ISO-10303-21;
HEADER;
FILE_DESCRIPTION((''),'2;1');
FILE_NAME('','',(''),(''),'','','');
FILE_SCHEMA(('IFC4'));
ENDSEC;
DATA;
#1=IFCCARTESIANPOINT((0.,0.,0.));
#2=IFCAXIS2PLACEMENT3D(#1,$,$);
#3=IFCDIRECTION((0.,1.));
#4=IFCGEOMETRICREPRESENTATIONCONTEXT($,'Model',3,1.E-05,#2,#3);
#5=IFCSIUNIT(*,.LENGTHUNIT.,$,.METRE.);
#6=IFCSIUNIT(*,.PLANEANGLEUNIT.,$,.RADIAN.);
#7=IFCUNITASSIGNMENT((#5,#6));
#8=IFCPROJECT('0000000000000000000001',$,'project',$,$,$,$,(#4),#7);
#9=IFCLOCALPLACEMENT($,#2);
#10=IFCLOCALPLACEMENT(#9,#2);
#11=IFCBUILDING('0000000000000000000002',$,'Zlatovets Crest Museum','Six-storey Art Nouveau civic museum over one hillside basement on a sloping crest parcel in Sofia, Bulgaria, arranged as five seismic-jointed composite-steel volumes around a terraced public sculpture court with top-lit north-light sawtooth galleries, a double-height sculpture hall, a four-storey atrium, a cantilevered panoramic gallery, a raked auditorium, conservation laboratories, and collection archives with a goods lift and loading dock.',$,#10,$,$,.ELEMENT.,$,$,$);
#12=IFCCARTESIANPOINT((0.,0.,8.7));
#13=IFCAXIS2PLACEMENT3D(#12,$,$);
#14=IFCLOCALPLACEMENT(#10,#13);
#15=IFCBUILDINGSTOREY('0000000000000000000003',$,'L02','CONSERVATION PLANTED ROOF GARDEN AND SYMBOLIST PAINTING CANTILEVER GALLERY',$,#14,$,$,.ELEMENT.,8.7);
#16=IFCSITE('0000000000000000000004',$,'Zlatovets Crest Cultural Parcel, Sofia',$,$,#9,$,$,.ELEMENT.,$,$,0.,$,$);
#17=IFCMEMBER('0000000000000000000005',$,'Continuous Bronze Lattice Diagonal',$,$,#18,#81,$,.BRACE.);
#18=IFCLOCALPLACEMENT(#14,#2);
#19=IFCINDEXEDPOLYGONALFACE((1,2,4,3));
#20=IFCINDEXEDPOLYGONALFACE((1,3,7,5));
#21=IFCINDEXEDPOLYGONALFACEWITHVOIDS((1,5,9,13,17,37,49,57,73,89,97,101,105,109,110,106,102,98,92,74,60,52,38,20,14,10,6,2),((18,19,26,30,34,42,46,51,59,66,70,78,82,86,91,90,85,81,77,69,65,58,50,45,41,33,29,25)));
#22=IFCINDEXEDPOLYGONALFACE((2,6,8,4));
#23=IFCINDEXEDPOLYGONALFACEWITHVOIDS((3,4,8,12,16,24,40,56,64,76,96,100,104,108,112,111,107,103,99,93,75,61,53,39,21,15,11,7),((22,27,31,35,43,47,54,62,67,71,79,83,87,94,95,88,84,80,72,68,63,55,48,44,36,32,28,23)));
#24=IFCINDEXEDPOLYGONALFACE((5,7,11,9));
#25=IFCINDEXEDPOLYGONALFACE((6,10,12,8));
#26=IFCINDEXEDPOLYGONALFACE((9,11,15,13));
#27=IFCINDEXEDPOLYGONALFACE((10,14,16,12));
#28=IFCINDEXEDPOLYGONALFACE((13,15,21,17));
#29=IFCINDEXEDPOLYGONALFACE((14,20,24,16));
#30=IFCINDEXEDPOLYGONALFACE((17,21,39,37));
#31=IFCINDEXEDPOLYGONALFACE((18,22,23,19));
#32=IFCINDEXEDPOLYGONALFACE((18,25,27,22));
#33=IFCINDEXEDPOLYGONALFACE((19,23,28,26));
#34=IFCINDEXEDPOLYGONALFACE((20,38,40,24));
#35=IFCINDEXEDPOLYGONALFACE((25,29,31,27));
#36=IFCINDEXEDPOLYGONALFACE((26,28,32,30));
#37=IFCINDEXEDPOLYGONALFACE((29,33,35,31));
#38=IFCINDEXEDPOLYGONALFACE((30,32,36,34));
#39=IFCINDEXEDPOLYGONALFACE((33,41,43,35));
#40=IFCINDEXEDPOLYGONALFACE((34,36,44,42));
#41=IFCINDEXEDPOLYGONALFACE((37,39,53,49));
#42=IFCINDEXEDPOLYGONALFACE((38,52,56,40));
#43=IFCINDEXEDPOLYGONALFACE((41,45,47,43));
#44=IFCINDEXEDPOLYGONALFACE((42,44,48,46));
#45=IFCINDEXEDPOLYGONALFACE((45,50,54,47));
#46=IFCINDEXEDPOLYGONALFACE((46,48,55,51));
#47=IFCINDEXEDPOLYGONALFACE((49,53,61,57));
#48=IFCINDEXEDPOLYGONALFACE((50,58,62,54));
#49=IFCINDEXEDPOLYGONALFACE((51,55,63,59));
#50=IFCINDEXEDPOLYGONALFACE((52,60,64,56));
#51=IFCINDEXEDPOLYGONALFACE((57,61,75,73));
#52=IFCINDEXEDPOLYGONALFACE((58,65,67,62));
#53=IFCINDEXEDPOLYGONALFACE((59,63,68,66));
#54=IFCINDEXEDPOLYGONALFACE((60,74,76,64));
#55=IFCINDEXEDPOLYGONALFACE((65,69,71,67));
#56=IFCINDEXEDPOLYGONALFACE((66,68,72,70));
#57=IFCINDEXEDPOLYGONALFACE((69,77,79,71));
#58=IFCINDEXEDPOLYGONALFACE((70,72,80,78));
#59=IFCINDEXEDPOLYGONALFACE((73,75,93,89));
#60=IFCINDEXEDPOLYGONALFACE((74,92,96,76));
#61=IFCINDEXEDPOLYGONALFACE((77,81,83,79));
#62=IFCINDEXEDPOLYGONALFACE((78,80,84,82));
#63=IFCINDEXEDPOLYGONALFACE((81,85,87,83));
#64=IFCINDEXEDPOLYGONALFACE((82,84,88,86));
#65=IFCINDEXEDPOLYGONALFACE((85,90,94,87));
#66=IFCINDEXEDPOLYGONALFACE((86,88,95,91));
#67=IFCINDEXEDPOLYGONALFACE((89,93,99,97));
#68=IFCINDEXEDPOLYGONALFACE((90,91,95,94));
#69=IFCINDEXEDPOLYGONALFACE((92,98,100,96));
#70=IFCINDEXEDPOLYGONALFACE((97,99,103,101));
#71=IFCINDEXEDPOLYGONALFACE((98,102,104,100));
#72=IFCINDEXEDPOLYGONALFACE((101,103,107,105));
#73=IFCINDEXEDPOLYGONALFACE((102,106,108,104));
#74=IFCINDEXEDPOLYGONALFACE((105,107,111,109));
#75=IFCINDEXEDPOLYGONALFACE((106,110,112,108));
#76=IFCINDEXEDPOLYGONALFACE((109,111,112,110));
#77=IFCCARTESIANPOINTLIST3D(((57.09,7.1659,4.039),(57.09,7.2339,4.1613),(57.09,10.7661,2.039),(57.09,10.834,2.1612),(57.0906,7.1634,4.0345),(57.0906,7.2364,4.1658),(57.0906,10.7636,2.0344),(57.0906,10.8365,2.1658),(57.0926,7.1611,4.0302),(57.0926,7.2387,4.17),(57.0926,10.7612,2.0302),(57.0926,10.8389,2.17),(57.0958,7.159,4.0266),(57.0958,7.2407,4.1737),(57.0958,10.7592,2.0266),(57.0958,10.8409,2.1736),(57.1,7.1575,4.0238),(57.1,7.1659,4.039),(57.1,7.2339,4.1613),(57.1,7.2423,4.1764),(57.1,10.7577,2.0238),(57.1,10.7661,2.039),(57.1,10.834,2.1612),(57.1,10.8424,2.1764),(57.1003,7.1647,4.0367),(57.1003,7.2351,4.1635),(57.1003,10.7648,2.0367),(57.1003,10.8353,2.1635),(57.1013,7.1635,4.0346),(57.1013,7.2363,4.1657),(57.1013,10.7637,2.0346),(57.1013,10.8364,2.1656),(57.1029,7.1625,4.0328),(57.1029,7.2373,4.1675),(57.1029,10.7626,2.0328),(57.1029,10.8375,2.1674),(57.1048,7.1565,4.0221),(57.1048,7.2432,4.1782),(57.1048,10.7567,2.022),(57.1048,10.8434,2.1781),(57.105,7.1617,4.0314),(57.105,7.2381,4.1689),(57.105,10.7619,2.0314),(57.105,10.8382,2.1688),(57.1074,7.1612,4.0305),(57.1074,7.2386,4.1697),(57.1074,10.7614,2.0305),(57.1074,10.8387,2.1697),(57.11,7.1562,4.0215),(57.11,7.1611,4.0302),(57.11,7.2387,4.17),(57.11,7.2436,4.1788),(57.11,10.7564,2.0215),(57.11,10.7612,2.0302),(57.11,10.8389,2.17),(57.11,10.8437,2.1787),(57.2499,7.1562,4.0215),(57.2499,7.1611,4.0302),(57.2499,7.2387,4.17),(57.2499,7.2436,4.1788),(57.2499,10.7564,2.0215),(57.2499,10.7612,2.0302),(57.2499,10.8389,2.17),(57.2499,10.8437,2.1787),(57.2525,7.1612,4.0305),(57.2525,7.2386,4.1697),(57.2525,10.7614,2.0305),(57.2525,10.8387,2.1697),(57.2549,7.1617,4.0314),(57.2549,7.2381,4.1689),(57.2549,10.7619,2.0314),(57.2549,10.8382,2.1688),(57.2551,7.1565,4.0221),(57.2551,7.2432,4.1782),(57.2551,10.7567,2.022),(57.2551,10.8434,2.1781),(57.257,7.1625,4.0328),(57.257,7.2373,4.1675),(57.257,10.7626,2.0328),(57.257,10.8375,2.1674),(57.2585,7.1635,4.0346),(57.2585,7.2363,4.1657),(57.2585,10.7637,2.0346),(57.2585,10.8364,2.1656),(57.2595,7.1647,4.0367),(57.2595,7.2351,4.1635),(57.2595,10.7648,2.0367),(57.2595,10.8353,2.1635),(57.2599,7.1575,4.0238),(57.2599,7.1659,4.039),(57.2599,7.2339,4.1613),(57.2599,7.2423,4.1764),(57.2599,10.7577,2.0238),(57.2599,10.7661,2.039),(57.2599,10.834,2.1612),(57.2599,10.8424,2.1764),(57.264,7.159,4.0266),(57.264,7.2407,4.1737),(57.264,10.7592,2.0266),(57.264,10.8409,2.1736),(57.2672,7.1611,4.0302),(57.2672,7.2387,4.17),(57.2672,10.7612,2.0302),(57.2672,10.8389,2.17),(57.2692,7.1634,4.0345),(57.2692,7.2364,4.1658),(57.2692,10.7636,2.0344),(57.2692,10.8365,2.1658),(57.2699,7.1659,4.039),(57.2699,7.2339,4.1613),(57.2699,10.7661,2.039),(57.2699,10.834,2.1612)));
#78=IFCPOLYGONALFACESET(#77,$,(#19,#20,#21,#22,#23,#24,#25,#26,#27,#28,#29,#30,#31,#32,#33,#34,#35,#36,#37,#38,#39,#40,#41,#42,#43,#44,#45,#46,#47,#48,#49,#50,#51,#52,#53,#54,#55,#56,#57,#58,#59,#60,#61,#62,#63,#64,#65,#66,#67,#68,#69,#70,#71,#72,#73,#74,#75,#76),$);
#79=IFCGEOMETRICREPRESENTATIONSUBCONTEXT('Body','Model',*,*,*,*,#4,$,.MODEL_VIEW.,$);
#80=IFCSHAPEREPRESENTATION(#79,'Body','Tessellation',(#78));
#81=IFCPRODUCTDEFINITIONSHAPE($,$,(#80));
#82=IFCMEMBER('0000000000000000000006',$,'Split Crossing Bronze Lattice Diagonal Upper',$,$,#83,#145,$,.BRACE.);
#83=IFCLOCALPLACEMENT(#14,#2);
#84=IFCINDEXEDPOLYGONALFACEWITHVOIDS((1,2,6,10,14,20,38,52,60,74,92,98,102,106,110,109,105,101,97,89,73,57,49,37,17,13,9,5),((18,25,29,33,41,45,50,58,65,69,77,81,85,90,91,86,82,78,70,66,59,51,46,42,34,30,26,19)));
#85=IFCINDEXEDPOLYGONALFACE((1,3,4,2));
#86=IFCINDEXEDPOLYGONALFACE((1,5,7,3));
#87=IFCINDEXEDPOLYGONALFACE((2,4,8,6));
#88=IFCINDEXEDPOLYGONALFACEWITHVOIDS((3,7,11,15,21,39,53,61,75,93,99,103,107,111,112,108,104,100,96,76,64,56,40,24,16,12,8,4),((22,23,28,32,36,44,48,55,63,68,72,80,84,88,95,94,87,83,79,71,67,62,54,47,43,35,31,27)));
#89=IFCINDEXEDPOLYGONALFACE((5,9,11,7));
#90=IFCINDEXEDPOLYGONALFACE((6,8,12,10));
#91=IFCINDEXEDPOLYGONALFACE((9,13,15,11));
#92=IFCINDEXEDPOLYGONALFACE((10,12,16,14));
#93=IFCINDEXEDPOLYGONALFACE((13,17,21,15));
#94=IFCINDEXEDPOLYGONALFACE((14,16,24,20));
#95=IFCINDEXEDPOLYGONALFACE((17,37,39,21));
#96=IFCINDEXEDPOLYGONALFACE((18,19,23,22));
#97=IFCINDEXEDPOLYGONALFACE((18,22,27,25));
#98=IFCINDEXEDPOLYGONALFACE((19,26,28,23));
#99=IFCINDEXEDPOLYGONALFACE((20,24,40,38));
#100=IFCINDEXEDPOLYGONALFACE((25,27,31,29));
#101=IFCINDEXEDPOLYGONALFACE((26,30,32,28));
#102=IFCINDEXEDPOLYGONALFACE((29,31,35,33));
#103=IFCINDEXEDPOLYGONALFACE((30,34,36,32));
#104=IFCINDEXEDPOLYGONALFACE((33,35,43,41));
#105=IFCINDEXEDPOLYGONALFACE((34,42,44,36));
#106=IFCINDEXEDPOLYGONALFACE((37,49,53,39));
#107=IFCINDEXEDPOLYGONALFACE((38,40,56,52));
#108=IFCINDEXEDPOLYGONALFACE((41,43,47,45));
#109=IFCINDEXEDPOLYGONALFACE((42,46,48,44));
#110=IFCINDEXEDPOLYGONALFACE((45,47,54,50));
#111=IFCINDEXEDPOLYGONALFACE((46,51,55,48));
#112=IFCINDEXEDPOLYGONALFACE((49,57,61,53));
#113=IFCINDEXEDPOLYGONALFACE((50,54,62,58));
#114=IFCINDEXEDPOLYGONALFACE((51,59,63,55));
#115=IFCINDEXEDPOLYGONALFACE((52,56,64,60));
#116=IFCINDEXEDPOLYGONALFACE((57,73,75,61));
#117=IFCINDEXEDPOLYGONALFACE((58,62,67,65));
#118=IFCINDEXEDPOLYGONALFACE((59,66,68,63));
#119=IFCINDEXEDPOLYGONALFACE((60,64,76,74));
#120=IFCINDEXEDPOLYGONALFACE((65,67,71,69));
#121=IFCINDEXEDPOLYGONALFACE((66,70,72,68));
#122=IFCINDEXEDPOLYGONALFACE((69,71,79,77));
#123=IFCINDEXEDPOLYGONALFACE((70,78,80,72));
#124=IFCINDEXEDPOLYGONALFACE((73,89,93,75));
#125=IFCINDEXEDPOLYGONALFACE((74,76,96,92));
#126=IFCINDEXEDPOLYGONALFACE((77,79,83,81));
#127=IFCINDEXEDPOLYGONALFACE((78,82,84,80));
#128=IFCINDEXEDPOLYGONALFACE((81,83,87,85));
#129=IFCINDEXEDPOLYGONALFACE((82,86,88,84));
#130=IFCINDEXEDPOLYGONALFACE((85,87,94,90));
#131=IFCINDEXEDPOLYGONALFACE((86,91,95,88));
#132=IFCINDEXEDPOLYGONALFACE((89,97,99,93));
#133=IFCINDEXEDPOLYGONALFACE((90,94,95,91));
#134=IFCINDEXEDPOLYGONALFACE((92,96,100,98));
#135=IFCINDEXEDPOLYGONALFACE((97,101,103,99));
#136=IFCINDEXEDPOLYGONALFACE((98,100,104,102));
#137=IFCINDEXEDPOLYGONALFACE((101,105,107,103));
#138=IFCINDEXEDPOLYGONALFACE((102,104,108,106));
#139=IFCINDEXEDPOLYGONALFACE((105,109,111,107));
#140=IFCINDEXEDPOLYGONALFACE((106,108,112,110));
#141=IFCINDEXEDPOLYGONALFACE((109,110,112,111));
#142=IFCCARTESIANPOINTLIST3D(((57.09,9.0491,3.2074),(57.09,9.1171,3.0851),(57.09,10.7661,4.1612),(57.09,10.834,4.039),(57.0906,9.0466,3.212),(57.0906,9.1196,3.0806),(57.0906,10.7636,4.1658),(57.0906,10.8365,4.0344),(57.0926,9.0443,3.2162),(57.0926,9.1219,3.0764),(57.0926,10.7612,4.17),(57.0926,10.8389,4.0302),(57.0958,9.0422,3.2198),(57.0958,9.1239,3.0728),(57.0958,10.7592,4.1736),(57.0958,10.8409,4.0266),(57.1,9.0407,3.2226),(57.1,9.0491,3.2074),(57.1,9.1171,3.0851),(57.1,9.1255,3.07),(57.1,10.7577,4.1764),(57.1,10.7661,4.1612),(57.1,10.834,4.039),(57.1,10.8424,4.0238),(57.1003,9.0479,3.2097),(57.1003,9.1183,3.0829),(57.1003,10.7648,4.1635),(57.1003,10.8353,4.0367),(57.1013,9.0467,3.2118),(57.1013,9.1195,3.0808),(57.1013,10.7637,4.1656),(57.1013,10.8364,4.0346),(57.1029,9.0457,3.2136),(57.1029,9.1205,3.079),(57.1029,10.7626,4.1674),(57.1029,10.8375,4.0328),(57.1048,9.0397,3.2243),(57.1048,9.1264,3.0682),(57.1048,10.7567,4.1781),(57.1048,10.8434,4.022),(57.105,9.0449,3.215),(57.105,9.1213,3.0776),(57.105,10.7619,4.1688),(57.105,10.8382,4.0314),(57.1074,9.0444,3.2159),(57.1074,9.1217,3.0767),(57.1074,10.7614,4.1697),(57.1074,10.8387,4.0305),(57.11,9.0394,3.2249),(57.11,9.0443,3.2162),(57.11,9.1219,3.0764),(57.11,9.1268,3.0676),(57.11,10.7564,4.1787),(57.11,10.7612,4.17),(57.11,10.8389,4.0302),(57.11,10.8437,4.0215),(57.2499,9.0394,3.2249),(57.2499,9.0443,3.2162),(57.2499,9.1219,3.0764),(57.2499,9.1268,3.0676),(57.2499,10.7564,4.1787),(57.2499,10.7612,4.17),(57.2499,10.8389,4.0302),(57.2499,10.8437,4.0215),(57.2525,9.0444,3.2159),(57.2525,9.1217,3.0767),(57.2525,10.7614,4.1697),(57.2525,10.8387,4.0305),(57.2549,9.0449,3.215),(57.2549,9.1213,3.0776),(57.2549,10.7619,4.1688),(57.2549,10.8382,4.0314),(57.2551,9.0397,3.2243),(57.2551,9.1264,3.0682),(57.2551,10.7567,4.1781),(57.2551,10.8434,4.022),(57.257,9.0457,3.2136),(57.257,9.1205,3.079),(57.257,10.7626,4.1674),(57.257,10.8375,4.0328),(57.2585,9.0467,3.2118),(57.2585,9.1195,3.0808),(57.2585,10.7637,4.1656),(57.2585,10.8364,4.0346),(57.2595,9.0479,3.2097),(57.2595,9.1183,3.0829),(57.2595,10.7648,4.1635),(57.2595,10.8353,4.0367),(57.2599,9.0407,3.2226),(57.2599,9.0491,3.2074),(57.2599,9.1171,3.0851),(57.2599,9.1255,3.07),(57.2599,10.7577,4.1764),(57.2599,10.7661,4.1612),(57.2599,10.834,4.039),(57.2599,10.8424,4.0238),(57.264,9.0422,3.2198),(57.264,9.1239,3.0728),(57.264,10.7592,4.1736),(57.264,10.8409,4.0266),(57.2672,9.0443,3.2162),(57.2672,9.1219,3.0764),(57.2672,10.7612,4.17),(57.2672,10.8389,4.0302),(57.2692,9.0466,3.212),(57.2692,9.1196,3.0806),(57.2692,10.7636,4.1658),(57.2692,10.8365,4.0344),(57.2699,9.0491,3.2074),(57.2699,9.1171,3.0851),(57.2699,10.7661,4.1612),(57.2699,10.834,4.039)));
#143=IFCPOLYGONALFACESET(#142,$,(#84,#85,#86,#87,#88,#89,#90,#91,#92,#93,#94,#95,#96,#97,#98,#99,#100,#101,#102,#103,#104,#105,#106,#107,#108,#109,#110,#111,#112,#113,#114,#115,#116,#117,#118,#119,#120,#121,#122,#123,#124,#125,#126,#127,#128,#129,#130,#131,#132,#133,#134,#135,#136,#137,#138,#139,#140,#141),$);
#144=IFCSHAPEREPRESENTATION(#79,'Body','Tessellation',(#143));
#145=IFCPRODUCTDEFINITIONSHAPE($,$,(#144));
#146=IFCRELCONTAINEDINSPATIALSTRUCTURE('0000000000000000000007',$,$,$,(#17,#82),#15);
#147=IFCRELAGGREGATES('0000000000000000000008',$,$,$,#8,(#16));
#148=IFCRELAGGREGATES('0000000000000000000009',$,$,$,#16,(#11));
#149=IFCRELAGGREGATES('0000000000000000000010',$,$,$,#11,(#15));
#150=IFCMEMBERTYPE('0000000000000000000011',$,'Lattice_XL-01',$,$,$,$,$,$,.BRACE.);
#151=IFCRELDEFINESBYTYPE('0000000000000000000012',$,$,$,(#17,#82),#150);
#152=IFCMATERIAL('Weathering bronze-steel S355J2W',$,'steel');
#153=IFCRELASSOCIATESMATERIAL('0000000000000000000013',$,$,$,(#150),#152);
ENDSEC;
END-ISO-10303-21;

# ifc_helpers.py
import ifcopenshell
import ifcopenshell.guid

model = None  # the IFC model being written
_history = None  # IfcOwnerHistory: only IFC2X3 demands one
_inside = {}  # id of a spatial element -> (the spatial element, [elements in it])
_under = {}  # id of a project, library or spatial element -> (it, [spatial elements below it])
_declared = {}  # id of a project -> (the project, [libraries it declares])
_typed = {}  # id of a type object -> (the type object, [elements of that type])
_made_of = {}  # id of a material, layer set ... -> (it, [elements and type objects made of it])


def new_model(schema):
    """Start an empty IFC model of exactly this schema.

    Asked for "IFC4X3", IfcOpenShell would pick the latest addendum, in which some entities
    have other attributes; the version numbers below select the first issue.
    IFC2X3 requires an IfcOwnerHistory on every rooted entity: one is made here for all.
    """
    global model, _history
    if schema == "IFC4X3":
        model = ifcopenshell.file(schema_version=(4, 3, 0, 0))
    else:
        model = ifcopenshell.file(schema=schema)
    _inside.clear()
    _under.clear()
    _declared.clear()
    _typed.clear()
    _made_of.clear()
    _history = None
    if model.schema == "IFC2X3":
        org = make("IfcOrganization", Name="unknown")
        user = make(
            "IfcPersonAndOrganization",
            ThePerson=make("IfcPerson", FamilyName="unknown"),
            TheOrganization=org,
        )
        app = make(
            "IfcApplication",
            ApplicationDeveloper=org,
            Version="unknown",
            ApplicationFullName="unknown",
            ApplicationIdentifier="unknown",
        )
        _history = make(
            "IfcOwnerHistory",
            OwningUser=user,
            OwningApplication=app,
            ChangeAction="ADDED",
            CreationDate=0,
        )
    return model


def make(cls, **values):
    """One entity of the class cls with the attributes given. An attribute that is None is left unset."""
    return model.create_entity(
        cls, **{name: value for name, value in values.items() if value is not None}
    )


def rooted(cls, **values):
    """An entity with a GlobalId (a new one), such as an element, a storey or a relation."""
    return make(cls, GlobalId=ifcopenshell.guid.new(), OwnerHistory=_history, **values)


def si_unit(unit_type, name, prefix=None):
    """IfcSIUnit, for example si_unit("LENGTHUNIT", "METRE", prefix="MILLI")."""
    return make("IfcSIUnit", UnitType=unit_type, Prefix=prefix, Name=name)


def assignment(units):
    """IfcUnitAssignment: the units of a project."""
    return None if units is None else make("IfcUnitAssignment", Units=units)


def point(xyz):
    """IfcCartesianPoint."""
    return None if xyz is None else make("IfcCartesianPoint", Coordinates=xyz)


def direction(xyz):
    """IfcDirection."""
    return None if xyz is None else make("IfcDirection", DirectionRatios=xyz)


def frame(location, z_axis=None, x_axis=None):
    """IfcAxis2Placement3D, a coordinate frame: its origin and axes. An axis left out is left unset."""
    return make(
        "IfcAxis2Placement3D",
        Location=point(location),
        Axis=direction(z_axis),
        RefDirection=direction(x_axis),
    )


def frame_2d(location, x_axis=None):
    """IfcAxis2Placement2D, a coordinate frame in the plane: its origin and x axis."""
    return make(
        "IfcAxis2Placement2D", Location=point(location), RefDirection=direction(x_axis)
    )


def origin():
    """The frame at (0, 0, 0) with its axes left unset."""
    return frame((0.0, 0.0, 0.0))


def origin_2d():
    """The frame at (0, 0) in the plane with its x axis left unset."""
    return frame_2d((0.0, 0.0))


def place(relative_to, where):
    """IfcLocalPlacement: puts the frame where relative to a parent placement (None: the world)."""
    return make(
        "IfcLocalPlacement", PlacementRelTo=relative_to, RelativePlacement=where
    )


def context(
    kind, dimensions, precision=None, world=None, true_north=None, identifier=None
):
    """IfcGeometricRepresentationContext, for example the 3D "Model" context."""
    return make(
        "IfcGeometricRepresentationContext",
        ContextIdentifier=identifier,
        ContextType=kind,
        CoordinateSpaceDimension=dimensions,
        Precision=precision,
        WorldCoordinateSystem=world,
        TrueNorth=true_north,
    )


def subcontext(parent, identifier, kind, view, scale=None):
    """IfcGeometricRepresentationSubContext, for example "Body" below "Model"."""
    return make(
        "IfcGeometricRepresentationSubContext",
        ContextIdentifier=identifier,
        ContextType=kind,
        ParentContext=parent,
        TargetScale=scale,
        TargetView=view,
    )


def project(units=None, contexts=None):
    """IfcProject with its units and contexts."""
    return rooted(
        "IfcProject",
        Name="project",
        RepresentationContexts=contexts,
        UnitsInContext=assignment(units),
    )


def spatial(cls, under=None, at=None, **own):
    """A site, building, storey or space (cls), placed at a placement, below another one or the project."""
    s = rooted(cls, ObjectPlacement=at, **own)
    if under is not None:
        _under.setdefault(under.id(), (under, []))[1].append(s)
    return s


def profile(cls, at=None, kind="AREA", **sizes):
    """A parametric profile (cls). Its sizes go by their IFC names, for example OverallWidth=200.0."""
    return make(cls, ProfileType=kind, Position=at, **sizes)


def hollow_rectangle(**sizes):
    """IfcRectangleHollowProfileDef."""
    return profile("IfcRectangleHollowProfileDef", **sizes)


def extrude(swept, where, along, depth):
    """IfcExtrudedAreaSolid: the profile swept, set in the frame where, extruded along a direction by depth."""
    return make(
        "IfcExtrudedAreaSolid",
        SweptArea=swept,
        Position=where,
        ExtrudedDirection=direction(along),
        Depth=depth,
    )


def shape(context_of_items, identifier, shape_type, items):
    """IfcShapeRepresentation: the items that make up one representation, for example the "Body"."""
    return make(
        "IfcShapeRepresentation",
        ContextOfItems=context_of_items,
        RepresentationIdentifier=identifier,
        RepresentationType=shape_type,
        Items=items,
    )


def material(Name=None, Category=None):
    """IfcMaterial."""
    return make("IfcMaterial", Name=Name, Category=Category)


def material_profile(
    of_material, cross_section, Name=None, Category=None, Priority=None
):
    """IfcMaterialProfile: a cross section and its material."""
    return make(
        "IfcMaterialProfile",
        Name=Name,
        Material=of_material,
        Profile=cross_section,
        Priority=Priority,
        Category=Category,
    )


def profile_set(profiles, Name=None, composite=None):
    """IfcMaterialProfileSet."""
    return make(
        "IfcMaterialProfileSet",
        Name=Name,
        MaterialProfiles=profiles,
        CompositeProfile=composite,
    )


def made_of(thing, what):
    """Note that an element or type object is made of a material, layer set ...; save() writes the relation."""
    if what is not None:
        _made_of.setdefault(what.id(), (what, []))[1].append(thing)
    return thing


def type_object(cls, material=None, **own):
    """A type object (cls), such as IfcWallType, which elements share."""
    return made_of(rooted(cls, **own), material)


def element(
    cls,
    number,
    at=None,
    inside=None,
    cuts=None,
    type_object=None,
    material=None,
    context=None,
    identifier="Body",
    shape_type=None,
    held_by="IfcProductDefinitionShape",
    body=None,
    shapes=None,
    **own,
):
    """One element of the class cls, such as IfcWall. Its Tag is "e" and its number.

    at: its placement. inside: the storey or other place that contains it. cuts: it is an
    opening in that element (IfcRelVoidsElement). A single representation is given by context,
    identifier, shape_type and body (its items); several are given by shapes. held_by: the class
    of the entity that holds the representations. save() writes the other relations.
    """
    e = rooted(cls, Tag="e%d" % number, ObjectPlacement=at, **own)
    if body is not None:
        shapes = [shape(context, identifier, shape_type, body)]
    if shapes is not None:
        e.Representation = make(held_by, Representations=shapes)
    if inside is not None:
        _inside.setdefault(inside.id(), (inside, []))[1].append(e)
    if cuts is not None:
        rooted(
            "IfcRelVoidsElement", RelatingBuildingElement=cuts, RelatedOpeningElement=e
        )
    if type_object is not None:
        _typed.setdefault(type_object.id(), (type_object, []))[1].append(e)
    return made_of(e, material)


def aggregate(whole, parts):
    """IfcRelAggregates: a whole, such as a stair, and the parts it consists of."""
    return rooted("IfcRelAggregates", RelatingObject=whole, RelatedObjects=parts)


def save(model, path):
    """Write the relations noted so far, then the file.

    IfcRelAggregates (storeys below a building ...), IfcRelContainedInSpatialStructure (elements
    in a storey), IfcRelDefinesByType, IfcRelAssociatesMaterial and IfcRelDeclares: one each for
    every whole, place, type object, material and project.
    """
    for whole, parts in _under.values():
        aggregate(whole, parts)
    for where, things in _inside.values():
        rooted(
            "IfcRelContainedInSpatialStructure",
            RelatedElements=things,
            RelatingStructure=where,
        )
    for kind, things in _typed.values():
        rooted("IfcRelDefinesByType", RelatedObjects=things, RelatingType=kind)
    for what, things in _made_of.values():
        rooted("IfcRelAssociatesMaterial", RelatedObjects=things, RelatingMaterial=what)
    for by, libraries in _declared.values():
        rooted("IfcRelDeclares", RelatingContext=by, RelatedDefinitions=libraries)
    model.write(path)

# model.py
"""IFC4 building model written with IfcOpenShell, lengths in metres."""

from ifc_helpers import new_model, si_unit, direction, frame, origin, origin_2d, place, context, subcontext, project, spatial, hollow_rectangle, extrude, material, material_profile, profile_set, type_object, element, save


model = new_model("IFC4")

# Units and contexts
model_context = context("Model", 3, precision=1e-05, world=origin(), true_north=direction((0.0, 1.0)))
body_context = subcontext(model_context, "Body", "Model", "MODEL_VIEW")
ifc_project = project(units=[si_unit("LENGTHUNIT", "METRE"), si_unit("PLANEANGLEUNIT", "RADIAN")], contexts=[model_context])

# Site, building, storey
site_placement = place(None, origin())
site = spatial("IfcSite", under=ifc_project, at=site_placement, Name="Zlatovets Crest Cultural Parcel, Sofia", CompositionType="ELEMENT", RefElevation=0.0)
building_placement = place(site_placement, origin())
building = spatial("IfcBuilding", under=site, at=building_placement, Name="Zlatovets Crest Museum", Description="Six-storey Art Nouveau civic museum over one hillside basement on a sloping crest parcel in Sofia, Bulgaria, arranged as five seismic-jointed composite-steel volumes around a terraced public sculpture court with top-lit north-light sawtooth galleries, a double-height sculpture hall, a four-storey atrium, a cantilevered panoramic gallery, a raked auditorium, conservation laboratories, and collection archives with a goods lift and loading dock.", CompositionType="ELEMENT")
storey_placement = place(building_placement, frame((0.0, 0.0, 8.7)))
storey = spatial("IfcBuildingStorey", under=building, at=storey_placement, Name="L02", Description="CONSERVATION PLANTED ROOF GARDEN AND SYMBOLIST PAINTING CANTILEVER GALLERY", CompositionType="ELEMENT", Elevation=8.7)

# Members
ifc_material_1 = material(Name="Weathering bronze-steel S355J2W", Category="steel")
ifc_material_profile_1 = material_profile(ifc_material_1, hollow_rectangle(XDim=0.1799, YDim=0.1799, WallThickness=0.01, InnerFilletRadius=0.01, OuterFilletRadius=0.02, at=origin_2d()), Name="SHS 180x180x10.0")
ifc_profile_set_1 = profile_set([ifc_material_profile_1], Name="Weathering bronze-steel S355J2W")
member_type_1 = type_object("IfcMemberType", Name="Lattice_XL-01", PredefinedType="BRACE", material=ifc_profile_set_1)
member_1_placement = place(storey_placement, frame((57.1799, 10.8, 2.1001), z_axis=(0.0, -0.874163, 0.485633), x_axis=(1.0, 0.0, 0.0)))
element("IfcMember", 1, at=member_1_placement, inside=storey, type_object=member_type_1, Name="Continuous Bronze Lattice Diagonal", PredefinedType="BRACE", context=body_context, shape_type="SweptSolid", body=[
    extrude(hollow_rectangle(XDim=0.1799, YDim=0.1799, WallThickness=0.01, InnerFilletRadius=0.01, OuterFilletRadius=0.02, at=origin_2d()), origin(), (0.0, 0.0, 1.0), 4.1184),
])
for number, where, z_axis, x_axis, name in (
    (2, (57.1799, 10.8, 4.1001), (0.0, -0.874169, -0.485622), (1.0, 0.0, 0.0), "Split Crossing Bronze Lattice Diagonal Upper"),
):
    element("IfcMember", number, at=place(storey_placement, frame(where, z_axis=z_axis, x_axis=x_axis)), inside=storey, type_object=member_type_1, Name=name, PredefinedType="BRACE", context=body_context, shape_type="SweptSolid", body=[
        extrude(hollow_rectangle(XDim=0.1799, YDim=0.1799, WallThickness=0.01, InnerFilletRadius=0.01, OuterFilletRadius=0.02, at=origin_2d()), origin(), (0.0, 0.0, 1.0), 1.9641),
    ])

save(model, "model.ifc")
